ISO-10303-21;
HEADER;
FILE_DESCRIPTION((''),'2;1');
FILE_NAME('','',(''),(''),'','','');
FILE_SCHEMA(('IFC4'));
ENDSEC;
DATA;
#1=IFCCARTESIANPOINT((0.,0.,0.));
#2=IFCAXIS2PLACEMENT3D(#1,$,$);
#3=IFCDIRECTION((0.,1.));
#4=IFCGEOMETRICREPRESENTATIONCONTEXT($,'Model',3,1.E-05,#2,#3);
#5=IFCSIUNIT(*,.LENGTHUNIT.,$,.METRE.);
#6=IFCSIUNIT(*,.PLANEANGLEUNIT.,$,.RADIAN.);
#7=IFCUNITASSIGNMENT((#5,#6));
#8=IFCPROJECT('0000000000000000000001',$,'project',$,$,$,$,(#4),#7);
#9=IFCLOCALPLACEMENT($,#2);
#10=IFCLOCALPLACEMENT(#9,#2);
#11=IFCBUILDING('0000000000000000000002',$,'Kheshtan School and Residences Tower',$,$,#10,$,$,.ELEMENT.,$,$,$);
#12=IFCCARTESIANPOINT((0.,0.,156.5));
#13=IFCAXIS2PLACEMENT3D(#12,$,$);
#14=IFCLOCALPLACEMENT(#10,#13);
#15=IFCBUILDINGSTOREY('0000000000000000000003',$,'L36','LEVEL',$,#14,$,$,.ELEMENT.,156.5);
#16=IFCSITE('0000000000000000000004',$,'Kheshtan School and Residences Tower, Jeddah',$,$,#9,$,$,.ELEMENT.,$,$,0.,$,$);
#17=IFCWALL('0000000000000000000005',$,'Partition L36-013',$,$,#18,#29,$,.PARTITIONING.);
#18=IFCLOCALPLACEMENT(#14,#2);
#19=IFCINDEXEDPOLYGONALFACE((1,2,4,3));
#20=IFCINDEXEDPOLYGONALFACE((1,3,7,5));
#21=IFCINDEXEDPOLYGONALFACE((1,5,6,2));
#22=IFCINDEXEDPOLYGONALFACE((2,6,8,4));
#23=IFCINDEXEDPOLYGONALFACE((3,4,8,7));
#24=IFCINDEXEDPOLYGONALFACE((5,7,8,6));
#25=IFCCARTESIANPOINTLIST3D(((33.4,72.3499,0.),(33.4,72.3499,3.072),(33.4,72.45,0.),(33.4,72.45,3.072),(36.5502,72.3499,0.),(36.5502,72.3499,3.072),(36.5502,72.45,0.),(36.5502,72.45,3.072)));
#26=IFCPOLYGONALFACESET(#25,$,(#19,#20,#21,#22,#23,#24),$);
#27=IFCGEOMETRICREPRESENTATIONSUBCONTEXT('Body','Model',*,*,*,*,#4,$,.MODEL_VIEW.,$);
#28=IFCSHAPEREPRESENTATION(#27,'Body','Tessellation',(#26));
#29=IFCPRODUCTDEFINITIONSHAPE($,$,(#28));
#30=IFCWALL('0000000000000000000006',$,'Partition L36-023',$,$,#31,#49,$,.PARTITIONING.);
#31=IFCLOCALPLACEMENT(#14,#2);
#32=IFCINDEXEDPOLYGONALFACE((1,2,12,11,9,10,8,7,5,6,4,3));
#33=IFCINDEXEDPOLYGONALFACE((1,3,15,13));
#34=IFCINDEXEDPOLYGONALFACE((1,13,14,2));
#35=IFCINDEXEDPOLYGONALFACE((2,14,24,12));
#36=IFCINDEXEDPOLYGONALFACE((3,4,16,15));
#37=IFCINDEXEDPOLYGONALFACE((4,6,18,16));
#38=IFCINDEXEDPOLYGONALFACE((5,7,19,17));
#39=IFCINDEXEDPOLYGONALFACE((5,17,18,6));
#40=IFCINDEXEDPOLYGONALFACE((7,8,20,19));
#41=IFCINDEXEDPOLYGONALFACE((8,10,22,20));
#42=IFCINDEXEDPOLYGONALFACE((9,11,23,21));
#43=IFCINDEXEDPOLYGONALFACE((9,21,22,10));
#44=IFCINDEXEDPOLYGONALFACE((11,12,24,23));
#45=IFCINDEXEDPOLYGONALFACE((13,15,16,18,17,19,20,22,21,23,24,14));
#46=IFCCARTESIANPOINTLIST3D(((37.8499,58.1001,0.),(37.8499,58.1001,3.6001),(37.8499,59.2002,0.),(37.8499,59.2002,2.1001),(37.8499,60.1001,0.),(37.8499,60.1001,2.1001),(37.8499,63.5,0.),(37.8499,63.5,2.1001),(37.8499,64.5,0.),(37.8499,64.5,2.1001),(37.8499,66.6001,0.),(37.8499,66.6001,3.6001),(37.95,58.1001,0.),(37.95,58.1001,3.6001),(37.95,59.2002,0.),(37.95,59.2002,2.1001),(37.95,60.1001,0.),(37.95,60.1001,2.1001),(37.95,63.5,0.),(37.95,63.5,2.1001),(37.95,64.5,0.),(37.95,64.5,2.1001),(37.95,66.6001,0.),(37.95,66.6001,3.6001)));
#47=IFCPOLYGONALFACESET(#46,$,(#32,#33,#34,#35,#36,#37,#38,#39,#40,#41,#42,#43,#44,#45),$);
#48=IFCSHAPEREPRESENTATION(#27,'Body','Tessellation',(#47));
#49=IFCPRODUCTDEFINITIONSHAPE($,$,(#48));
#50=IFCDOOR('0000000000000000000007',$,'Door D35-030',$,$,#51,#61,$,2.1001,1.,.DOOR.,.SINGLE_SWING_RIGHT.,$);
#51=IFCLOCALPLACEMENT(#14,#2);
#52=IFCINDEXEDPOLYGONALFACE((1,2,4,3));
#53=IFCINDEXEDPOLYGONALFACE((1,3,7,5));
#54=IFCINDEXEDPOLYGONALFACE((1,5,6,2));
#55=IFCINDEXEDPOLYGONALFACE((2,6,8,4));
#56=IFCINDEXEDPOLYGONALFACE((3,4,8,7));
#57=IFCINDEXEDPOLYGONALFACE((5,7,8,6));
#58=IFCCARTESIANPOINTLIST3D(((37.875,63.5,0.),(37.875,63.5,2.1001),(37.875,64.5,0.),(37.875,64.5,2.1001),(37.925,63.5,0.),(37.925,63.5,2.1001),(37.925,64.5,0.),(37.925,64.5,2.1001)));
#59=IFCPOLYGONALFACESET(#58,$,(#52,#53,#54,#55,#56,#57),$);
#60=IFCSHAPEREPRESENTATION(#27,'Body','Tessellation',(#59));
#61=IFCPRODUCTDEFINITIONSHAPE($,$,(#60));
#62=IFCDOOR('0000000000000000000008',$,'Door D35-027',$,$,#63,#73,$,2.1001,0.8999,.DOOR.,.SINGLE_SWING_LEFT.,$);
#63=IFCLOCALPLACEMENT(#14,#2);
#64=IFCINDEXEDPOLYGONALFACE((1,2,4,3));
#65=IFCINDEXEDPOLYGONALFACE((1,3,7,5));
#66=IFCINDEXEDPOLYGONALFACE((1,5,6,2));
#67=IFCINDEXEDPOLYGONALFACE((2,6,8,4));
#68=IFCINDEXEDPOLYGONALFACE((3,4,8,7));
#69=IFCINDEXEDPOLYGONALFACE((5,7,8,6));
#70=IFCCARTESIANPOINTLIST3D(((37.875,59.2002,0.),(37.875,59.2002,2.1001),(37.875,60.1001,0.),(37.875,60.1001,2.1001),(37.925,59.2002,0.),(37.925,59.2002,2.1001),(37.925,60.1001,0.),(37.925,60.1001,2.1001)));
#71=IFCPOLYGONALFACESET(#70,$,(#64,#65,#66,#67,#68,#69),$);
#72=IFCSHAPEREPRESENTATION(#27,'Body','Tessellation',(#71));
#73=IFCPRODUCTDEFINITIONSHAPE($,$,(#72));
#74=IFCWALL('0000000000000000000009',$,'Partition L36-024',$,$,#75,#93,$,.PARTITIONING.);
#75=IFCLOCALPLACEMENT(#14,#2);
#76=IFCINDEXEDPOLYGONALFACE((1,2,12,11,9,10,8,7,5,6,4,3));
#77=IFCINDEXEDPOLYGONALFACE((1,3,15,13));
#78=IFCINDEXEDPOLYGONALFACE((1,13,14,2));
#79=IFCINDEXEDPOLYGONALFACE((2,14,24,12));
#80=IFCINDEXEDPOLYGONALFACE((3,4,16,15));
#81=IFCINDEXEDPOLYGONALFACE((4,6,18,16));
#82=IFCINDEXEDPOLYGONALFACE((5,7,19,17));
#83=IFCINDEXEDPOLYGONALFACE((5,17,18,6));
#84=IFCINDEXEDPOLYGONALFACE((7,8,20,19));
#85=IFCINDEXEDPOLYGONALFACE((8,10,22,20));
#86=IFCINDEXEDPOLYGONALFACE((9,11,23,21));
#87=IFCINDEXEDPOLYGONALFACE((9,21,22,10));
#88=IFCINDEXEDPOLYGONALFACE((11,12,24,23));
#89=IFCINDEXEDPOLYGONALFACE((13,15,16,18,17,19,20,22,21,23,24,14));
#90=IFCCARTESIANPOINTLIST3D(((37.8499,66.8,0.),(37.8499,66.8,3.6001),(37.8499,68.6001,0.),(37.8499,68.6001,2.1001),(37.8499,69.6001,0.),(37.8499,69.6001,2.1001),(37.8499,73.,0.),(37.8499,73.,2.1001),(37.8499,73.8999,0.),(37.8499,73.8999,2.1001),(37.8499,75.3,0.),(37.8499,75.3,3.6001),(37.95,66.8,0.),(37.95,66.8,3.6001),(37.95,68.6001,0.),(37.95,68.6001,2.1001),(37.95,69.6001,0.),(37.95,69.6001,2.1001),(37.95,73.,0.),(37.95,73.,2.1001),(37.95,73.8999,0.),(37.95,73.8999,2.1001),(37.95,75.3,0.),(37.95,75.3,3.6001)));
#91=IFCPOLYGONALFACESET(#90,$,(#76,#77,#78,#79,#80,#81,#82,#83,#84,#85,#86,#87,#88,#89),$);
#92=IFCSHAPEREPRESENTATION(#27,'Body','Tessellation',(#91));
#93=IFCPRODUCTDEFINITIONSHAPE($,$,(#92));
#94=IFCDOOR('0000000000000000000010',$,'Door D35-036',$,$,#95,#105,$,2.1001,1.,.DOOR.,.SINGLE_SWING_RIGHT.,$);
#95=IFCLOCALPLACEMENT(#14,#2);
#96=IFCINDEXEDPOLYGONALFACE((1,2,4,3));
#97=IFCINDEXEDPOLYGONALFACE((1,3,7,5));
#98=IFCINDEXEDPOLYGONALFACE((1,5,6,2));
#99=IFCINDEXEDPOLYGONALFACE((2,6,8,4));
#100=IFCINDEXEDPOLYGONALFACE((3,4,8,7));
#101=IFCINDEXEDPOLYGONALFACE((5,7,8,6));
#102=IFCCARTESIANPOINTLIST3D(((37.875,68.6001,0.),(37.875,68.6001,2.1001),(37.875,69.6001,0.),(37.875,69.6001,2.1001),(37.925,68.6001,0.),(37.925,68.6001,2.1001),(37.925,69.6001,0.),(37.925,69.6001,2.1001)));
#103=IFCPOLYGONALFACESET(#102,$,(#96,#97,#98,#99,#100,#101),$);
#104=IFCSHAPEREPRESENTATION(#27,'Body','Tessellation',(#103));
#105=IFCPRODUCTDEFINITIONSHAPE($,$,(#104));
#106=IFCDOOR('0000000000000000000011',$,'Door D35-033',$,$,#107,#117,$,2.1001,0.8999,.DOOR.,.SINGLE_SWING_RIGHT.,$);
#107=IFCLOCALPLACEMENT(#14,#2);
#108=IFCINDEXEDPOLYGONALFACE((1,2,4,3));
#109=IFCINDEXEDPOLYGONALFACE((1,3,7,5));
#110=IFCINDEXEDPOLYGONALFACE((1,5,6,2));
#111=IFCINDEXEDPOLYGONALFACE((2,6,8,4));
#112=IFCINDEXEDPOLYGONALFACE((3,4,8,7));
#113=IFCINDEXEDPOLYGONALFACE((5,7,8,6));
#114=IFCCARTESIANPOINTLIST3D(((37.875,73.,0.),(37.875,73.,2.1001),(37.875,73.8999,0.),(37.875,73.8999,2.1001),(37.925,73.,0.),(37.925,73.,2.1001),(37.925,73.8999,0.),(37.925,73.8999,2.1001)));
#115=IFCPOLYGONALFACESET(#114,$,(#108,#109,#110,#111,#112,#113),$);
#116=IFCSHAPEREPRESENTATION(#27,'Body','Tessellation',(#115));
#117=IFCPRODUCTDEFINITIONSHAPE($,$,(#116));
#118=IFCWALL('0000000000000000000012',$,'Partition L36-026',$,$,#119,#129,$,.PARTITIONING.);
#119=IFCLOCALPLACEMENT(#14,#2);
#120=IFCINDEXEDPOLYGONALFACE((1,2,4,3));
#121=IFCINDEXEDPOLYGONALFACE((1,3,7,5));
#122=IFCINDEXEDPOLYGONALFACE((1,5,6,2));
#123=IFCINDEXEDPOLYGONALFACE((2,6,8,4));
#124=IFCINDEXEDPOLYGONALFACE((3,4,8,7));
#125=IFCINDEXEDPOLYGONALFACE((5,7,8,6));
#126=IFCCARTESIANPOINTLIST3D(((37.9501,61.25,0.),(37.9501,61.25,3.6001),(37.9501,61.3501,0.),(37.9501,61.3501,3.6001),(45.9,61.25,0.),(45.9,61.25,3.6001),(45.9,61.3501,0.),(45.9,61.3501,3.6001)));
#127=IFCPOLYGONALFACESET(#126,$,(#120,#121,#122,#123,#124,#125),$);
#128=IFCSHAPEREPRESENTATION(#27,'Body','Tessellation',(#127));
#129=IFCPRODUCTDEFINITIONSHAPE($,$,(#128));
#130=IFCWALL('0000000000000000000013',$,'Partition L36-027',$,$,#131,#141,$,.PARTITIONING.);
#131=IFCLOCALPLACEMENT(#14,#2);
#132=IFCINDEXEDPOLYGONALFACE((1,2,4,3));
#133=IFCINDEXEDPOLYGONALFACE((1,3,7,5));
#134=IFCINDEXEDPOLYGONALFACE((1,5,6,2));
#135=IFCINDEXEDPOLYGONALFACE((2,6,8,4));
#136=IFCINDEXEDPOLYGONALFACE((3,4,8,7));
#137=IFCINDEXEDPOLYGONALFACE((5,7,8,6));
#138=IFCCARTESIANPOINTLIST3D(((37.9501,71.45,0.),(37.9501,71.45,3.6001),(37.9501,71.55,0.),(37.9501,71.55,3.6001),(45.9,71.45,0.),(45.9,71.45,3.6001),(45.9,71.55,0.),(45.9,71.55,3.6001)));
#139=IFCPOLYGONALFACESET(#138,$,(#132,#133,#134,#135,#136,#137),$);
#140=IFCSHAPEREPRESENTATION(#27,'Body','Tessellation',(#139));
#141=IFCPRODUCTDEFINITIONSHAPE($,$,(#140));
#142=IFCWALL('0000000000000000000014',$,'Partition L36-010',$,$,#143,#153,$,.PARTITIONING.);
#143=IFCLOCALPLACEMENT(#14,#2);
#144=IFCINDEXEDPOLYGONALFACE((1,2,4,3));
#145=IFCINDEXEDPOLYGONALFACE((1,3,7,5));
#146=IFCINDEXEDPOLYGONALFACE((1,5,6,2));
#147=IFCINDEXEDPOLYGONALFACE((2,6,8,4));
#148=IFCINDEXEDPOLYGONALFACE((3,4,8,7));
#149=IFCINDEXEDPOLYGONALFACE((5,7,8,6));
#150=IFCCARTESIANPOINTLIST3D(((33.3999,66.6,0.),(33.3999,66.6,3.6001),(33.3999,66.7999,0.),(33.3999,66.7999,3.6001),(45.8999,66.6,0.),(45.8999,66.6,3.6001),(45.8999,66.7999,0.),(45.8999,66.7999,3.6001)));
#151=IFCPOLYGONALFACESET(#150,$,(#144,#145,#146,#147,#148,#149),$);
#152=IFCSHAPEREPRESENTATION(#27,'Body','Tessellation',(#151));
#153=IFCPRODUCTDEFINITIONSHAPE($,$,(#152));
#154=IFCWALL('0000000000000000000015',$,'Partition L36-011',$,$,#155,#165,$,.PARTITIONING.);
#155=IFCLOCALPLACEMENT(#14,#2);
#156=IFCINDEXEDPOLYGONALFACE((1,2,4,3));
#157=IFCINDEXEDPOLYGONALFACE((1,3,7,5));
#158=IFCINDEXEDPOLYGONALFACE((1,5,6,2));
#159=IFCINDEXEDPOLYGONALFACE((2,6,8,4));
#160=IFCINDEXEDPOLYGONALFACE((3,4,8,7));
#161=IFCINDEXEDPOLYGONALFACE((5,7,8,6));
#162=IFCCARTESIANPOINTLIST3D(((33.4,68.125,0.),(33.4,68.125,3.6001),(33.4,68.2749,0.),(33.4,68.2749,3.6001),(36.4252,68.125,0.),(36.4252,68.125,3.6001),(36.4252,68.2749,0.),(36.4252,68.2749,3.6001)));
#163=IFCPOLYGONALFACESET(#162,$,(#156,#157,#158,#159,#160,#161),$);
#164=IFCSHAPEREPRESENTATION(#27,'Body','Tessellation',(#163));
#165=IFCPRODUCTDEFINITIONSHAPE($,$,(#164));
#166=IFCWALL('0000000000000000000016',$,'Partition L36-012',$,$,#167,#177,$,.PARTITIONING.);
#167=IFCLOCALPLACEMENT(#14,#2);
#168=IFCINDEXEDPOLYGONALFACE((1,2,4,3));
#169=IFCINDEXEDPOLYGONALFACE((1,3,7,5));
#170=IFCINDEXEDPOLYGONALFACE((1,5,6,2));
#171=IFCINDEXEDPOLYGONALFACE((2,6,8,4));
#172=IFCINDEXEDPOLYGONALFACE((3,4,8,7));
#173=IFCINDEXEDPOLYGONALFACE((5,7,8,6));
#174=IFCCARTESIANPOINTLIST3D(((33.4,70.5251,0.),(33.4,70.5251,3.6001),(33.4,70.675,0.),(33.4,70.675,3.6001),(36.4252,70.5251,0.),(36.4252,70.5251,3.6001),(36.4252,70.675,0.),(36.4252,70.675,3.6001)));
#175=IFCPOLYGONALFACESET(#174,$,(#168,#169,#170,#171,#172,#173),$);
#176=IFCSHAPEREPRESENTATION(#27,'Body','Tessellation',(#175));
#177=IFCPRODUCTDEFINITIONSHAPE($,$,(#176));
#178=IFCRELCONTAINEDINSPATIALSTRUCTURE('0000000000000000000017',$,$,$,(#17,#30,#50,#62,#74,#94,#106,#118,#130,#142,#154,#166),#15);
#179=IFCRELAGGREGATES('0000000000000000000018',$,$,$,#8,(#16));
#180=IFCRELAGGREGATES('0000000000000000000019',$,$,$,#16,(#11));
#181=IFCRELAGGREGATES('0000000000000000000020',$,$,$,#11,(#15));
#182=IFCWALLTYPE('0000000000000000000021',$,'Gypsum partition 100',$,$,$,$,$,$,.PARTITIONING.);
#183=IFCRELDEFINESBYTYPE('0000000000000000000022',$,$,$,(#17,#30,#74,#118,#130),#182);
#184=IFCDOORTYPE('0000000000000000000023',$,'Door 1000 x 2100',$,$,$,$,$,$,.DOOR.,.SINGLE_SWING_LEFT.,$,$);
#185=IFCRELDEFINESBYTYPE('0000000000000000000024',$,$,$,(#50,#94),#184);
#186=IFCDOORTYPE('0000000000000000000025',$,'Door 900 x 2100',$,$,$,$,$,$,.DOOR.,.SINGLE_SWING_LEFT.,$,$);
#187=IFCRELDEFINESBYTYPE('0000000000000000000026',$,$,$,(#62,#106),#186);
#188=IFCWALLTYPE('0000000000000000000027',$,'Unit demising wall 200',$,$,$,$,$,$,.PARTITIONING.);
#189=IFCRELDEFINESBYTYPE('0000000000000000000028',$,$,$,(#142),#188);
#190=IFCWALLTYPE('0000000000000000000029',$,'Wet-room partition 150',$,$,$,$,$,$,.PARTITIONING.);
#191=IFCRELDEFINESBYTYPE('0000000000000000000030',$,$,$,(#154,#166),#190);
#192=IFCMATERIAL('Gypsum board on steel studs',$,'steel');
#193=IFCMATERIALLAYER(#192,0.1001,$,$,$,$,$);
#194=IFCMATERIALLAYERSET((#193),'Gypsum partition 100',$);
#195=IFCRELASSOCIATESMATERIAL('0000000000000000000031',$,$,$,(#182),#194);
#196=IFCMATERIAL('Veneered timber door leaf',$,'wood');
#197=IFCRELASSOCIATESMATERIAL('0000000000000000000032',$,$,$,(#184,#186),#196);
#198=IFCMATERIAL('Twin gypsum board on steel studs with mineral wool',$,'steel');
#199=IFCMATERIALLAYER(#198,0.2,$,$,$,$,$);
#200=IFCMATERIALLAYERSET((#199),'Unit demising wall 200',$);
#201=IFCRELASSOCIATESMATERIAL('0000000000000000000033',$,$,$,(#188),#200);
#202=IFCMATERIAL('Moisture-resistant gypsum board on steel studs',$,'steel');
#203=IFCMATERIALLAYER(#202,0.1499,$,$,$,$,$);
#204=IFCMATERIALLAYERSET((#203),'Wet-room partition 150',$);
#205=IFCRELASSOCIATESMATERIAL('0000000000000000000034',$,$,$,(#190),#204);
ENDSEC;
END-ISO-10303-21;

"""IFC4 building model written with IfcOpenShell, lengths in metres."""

from ifc_helpers import new_model, si_unit, direction, frame, frame_2d, origin, place, context, subcontext, project, spatial, rectangle, extrude, source, transform, mapped, material, layer, layer_set, type_object, element, fill, save


model = new_model("IFC4")

# Units and contexts
model_context = context("Model", 3, precision=1e-05, world=origin(), true_north=direction((0.0, 1.0)))
body_context = subcontext(model_context, "Body", "Model", "MODEL_VIEW")
ifc_project = project(units=[si_unit("LENGTHUNIT", "METRE"), si_unit("PLANEANGLEUNIT", "RADIAN")], contexts=[model_context])

# Site, building, storey
site_placement = place(None, origin())
site = spatial("IfcSite", under=ifc_project, at=site_placement, Name="Kheshtan School and Residences Tower, Jeddah", CompositionType="ELEMENT", RefElevation=0.0)
building_placement = place(site_placement, origin())
building = spatial("IfcBuilding", under=site, at=building_placement, Name="Kheshtan School and Residences Tower", CompositionType="ELEMENT")
storey_placement = place(building_placement, frame((0.0, 0.0, 156.5)))
storey = spatial("IfcBuildingStorey", under=building, at=storey_placement, Name="L36", Description="LEVEL", CompositionType="ELEMENT", Elevation=156.5)

# Wall
ifc_material_1 = material(Name="Gypsum board on steel studs", Category="steel")
ifc_layer_1 = layer(ifc_material_1, 0.1001)
ifc_layer_set_1 = layer_set([ifc_layer_1], Name="Gypsum partition 100")
wall_type_1 = type_object("IfcWallType", Name="Gypsum partition 100", PredefinedType="PARTITIONING", material=ifc_layer_set_1)
wall_1_placement = place(storey_placement, frame((33.3999, 72.3999, 0.0), z_axis=(0.0, 0.0, 1.0), x_axis=(1.0, 0.0, 0.0)))
element("IfcWall", 1, at=wall_1_placement, inside=storey, type_object=wall_type_1, Name="Partition L36-013", PredefinedType="PARTITIONING", context=body_context, shape_type="SweptSolid", body=[
    extrude(rectangle(XDim=3.1501, YDim=0.1001, at=frame_2d((1.5752, 0.0))), origin(), (0.0, 0.0, 1.0), 3.072),
])

# Walls, openings, doors
wall_2_placement = place(storey_placement, frame((37.8999, 58.1001, 0.0), z_axis=(0.0, 0.0, 1.0), x_axis=(0.0, 1.0, 0.0)))
wall_2 = element("IfcWall", 2, at=wall_2_placement, inside=storey, type_object=wall_type_1, Name="Partition L36-023", PredefinedType="PARTITIONING", context=body_context, shape_type="SweptSolid", body=[
    extrude(rectangle(XDim=8.5, YDim=0.1001, at=frame_2d((4.25, 0.0))), origin(), (0.0, 0.0, 1.0), 3.6001),
])
opening_1_placement = place(wall_2_placement, frame((1.1001, 0.0, 0.0)))
opening_1 = element("IfcOpeningElement", 3, at=opening_1_placement, cuts=wall_2, PredefinedType="OPENING", context=body_context, shape_type="SweptSolid", body=[
    extrude(rectangle(XDim=0.8999, YDim=2.1001, at=frame_2d((0.45, 1.05))), frame((0.0, 0.0601, 0.0), z_axis=(0.0, -1.0, 0.0), x_axis=(1.0, 0.0, 0.0)), (0.0, 0.0, 1.0), 0.1201),
])
opening_2_placement = place(wall_2_placement, frame((5.3999, 0.0, 0.0)))
opening_2 = element("IfcOpeningElement", 4, at=opening_2_placement, cuts=wall_2, PredefinedType="OPENING", context=body_context, shape_type="SweptSolid", body=[
    extrude(rectangle(XDim=1.0, YDim=2.1001, at=frame_2d((0.5, 1.05))), frame((0.0, 0.0601, 0.0), z_axis=(0.0, -1.0, 0.0), x_axis=(1.0, 0.0, 0.0)), (0.0, 0.0, 1.0), 0.1201),
])
ifc_material_2 = material(Name="Veneered timber door leaf", Category="wood")
door_type_1 = type_object("IfcDoorType", Name="Door 1000 x 2100", OperationType="SINGLE_SWING_LEFT", PredefinedType="DOOR", material=ifc_material_2)
shared_shape_1 = source(origin(), body_context, "Body", "SweptSolid", [
    extrude(rectangle(XDim=1.0, YDim=2.1001, at=frame_2d((0.5, 1.05))), frame((0.0, 0.0249, 0.0), z_axis=(0.0, -1.0, 0.0), x_axis=(1.0, 0.0, 0.0)), (0.0, 0.0, 1.0), 0.05),
])
door_1_placement = place(opening_2_placement, origin())
door_1 = element("IfcDoor", 5, at=door_1_placement, inside=storey, type_object=door_type_1, Name="Door D35-030", OperationType="SINGLE_SWING_RIGHT", OverallHeight=2.1001, OverallWidth=1.0, PredefinedType="DOOR", context=body_context, shape_type="MappedRepresentation", body=[
    mapped(shared_shape_1, transform((0.0, 0.0, 0.0), x_axis=(1.0, 0.0, 0.0), y_axis=(0.0, 1.0, 0.0), z_axis=(0.0, 0.0, 1.0), scale=1.0)),
])
fill(opening_2, door_1)
door_type_2 = type_object("IfcDoorType", Name="Door 900 x 2100", OperationType="SINGLE_SWING_LEFT", PredefinedType="DOOR", material=ifc_material_2)
shared_shape_2 = source(origin(), body_context, "Body", "SweptSolid", [
    extrude(rectangle(XDim=0.8999, YDim=2.1001, at=frame_2d((0.45, 1.05))), frame((0.0, 0.0249, 0.0), z_axis=(0.0, -1.0, 0.0), x_axis=(1.0, 0.0, 0.0)), (0.0, 0.0, 1.0), 0.05),
])
door_2_placement = place(opening_1_placement, origin())
door_2 = element("IfcDoor", 6, at=door_2_placement, inside=storey, type_object=door_type_2, Name="Door D35-027", OperationType="SINGLE_SWING_LEFT", OverallHeight=2.1001, OverallWidth=0.8999, PredefinedType="DOOR", context=body_context, shape_type="MappedRepresentation", body=[
    mapped(shared_shape_2, transform((0.0, 0.0, 0.0), x_axis=(1.0, 0.0, 0.0), y_axis=(0.0, 1.0, 0.0), z_axis=(0.0, 0.0, 1.0), scale=1.0)),
])
fill(opening_1, door_2)
wall_3_placement = place(storey_placement, frame((37.8999, 66.8, 0.0), z_axis=(0.0, 0.0, 1.0), x_axis=(0.0, 1.0, 0.0)))
wall_3 = element("IfcWall", 7, at=wall_3_placement, inside=storey, type_object=wall_type_1, Name="Partition L36-024", PredefinedType="PARTITIONING", context=body_context, shape_type="SweptSolid", body=[
    extrude(rectangle(XDim=8.5, YDim=0.1001, at=frame_2d((4.25, 0.0))), origin(), (0.0, 0.0, 1.0), 3.6001),
])
opening_3_placement = place(wall_3_placement, frame((6.2, 0.0, 0.0)))
opening_3 = element("IfcOpeningElement", 8, at=opening_3_placement, cuts=wall_3, PredefinedType="OPENING", context=body_context, shape_type="SweptSolid", body=[
    extrude(rectangle(XDim=0.8999, YDim=2.1001, at=frame_2d((0.45, 1.05))), frame((0.0, 0.0601, 0.0), z_axis=(0.0, -1.0, 0.0), x_axis=(1.0, 0.0, 0.0)), (0.0, 0.0, 1.0), 0.1201),
])
opening_4_placement = place(wall_3_placement, frame((1.8, 0.0, 0.0)))
opening_4 = element("IfcOpeningElement", 9, at=opening_4_placement, cuts=wall_3, PredefinedType="OPENING", context=body_context, shape_type="SweptSolid", body=[
    extrude(rectangle(XDim=1.0, YDim=2.1001, at=frame_2d((0.5, 1.05))), frame((0.0, 0.0601, 0.0), z_axis=(0.0, -1.0, 0.0), x_axis=(1.0, 0.0, 0.0)), (0.0, 0.0, 1.0), 0.1201),
])
door_3_placement = place(opening_4_placement, origin())
door_3 = element("IfcDoor", 10, at=door_3_placement, inside=storey, type_object=door_type_1, Name="Door D35-036", OperationType="SINGLE_SWING_RIGHT", OverallHeight=2.1001, OverallWidth=1.0, PredefinedType="DOOR", context=body_context, shape_type="MappedRepresentation", body=[
    mapped(shared_shape_1, transform((0.0, 0.0, 0.0), x_axis=(1.0, 0.0, 0.0), y_axis=(0.0, 1.0, 0.0), z_axis=(0.0, 0.0, 1.0), scale=1.0)),
])
fill(opening_4, door_3)
door_4_placement = place(opening_3_placement, origin())
door_4 = element("IfcDoor", 11, at=door_4_placement, inside=storey, type_object=door_type_2, Name="Door D35-033", OperationType="SINGLE_SWING_RIGHT", OverallHeight=2.1001, OverallWidth=0.8999, PredefinedType="DOOR", context=body_context, shape_type="MappedRepresentation", body=[
    mapped(shared_shape_2, transform((0.0, 0.0, 0.0), x_axis=(1.0, 0.0, 0.0), y_axis=(0.0, 1.0, 0.0), z_axis=(0.0, 0.0, 1.0), scale=1.0)),
])
fill(opening_3, door_4)

# Walls
for number, where, z_axis, x_axis, name in (
    (12, (37.95, 61.3, 0.0), (0.0, 0.0, 1.0), (1.0, 0.0, 0.0), "Partition L36-026"),
    (13, (37.95, 71.5, 0.0), (0.0, 0.0, 1.0), (1.0, 0.0, 0.0), "Partition L36-027"),
):
    element("IfcWall", number, at=place(storey_placement, frame(where, z_axis=z_axis, x_axis=x_axis)), inside=storey, type_object=wall_type_1, Name=name, PredefinedType="PARTITIONING", context=body_context, shape_type="SweptSolid", body=[
        extrude(rectangle(XDim=7.95, YDim=0.1001, at=frame_2d((3.9751, 0.0))), origin(), (0.0, 0.0, 1.0), 3.6001),
    ])
ifc_material_3 = material(Name="Twin gypsum board on steel studs with mineral wool", Category="steel")
ifc_layer_2 = layer(ifc_material_3, 0.2)
ifc_layer_set_2 = layer_set([ifc_layer_2], Name="Unit demising wall 200")
wall_type_2 = type_object("IfcWallType", Name="Unit demising wall 200", PredefinedType="PARTITIONING", material=ifc_layer_set_2)
wall_4_placement = place(storey_placement, frame((33.3999, 66.7, 0.0), z_axis=(0.0, 0.0, 1.0), x_axis=(1.0, 0.0, 0.0)))
element("IfcWall", 14, at=wall_4_placement, inside=storey, type_object=wall_type_2, Name="Partition L36-010", PredefinedType="PARTITIONING", context=body_context, shape_type="SweptSolid", body=[
    extrude(rectangle(XDim=12.5, YDim=0.2, at=frame_2d((6.25, 0.0))), origin(), (0.0, 0.0, 1.0), 3.6001),
])
ifc_material_4 = material(Name="Moisture-resistant gypsum board on steel studs", Category="steel")
ifc_layer_3 = layer(ifc_material_4, 0.1499)
ifc_layer_set_3 = layer_set([ifc_layer_3], Name="Wet-room partition 150")
wall_type_3 = type_object("IfcWallType", Name="Wet-room partition 150", PredefinedType="PARTITIONING", material=ifc_layer_set_3)
for number, where, z_axis, x_axis, name in (
    (15, (33.3999, 68.2, 0.0), (0.0, 0.0, 1.0), (1.0, 0.0, 0.0), "Partition L36-011"),
    (16, (33.3999, 70.6001, 0.0), (0.0, 0.0, 1.0), (1.0, 0.0, 0.0), "Partition L36-012"),
):
    element("IfcWall", number, at=place(storey_placement, frame(where, z_axis=z_axis, x_axis=x_axis)), inside=storey, type_object=wall_type_3, Name=name, PredefinedType="PARTITIONING", context=body_context, shape_type="SweptSolid", body=[
        extrude(rectangle(XDim=3.0251, YDim=0.1499, at=frame_2d((1.5127, 0.0))), origin(), (0.0, 0.0, 1.0), 3.6001),
    ])

save(model, "model.ifc")
